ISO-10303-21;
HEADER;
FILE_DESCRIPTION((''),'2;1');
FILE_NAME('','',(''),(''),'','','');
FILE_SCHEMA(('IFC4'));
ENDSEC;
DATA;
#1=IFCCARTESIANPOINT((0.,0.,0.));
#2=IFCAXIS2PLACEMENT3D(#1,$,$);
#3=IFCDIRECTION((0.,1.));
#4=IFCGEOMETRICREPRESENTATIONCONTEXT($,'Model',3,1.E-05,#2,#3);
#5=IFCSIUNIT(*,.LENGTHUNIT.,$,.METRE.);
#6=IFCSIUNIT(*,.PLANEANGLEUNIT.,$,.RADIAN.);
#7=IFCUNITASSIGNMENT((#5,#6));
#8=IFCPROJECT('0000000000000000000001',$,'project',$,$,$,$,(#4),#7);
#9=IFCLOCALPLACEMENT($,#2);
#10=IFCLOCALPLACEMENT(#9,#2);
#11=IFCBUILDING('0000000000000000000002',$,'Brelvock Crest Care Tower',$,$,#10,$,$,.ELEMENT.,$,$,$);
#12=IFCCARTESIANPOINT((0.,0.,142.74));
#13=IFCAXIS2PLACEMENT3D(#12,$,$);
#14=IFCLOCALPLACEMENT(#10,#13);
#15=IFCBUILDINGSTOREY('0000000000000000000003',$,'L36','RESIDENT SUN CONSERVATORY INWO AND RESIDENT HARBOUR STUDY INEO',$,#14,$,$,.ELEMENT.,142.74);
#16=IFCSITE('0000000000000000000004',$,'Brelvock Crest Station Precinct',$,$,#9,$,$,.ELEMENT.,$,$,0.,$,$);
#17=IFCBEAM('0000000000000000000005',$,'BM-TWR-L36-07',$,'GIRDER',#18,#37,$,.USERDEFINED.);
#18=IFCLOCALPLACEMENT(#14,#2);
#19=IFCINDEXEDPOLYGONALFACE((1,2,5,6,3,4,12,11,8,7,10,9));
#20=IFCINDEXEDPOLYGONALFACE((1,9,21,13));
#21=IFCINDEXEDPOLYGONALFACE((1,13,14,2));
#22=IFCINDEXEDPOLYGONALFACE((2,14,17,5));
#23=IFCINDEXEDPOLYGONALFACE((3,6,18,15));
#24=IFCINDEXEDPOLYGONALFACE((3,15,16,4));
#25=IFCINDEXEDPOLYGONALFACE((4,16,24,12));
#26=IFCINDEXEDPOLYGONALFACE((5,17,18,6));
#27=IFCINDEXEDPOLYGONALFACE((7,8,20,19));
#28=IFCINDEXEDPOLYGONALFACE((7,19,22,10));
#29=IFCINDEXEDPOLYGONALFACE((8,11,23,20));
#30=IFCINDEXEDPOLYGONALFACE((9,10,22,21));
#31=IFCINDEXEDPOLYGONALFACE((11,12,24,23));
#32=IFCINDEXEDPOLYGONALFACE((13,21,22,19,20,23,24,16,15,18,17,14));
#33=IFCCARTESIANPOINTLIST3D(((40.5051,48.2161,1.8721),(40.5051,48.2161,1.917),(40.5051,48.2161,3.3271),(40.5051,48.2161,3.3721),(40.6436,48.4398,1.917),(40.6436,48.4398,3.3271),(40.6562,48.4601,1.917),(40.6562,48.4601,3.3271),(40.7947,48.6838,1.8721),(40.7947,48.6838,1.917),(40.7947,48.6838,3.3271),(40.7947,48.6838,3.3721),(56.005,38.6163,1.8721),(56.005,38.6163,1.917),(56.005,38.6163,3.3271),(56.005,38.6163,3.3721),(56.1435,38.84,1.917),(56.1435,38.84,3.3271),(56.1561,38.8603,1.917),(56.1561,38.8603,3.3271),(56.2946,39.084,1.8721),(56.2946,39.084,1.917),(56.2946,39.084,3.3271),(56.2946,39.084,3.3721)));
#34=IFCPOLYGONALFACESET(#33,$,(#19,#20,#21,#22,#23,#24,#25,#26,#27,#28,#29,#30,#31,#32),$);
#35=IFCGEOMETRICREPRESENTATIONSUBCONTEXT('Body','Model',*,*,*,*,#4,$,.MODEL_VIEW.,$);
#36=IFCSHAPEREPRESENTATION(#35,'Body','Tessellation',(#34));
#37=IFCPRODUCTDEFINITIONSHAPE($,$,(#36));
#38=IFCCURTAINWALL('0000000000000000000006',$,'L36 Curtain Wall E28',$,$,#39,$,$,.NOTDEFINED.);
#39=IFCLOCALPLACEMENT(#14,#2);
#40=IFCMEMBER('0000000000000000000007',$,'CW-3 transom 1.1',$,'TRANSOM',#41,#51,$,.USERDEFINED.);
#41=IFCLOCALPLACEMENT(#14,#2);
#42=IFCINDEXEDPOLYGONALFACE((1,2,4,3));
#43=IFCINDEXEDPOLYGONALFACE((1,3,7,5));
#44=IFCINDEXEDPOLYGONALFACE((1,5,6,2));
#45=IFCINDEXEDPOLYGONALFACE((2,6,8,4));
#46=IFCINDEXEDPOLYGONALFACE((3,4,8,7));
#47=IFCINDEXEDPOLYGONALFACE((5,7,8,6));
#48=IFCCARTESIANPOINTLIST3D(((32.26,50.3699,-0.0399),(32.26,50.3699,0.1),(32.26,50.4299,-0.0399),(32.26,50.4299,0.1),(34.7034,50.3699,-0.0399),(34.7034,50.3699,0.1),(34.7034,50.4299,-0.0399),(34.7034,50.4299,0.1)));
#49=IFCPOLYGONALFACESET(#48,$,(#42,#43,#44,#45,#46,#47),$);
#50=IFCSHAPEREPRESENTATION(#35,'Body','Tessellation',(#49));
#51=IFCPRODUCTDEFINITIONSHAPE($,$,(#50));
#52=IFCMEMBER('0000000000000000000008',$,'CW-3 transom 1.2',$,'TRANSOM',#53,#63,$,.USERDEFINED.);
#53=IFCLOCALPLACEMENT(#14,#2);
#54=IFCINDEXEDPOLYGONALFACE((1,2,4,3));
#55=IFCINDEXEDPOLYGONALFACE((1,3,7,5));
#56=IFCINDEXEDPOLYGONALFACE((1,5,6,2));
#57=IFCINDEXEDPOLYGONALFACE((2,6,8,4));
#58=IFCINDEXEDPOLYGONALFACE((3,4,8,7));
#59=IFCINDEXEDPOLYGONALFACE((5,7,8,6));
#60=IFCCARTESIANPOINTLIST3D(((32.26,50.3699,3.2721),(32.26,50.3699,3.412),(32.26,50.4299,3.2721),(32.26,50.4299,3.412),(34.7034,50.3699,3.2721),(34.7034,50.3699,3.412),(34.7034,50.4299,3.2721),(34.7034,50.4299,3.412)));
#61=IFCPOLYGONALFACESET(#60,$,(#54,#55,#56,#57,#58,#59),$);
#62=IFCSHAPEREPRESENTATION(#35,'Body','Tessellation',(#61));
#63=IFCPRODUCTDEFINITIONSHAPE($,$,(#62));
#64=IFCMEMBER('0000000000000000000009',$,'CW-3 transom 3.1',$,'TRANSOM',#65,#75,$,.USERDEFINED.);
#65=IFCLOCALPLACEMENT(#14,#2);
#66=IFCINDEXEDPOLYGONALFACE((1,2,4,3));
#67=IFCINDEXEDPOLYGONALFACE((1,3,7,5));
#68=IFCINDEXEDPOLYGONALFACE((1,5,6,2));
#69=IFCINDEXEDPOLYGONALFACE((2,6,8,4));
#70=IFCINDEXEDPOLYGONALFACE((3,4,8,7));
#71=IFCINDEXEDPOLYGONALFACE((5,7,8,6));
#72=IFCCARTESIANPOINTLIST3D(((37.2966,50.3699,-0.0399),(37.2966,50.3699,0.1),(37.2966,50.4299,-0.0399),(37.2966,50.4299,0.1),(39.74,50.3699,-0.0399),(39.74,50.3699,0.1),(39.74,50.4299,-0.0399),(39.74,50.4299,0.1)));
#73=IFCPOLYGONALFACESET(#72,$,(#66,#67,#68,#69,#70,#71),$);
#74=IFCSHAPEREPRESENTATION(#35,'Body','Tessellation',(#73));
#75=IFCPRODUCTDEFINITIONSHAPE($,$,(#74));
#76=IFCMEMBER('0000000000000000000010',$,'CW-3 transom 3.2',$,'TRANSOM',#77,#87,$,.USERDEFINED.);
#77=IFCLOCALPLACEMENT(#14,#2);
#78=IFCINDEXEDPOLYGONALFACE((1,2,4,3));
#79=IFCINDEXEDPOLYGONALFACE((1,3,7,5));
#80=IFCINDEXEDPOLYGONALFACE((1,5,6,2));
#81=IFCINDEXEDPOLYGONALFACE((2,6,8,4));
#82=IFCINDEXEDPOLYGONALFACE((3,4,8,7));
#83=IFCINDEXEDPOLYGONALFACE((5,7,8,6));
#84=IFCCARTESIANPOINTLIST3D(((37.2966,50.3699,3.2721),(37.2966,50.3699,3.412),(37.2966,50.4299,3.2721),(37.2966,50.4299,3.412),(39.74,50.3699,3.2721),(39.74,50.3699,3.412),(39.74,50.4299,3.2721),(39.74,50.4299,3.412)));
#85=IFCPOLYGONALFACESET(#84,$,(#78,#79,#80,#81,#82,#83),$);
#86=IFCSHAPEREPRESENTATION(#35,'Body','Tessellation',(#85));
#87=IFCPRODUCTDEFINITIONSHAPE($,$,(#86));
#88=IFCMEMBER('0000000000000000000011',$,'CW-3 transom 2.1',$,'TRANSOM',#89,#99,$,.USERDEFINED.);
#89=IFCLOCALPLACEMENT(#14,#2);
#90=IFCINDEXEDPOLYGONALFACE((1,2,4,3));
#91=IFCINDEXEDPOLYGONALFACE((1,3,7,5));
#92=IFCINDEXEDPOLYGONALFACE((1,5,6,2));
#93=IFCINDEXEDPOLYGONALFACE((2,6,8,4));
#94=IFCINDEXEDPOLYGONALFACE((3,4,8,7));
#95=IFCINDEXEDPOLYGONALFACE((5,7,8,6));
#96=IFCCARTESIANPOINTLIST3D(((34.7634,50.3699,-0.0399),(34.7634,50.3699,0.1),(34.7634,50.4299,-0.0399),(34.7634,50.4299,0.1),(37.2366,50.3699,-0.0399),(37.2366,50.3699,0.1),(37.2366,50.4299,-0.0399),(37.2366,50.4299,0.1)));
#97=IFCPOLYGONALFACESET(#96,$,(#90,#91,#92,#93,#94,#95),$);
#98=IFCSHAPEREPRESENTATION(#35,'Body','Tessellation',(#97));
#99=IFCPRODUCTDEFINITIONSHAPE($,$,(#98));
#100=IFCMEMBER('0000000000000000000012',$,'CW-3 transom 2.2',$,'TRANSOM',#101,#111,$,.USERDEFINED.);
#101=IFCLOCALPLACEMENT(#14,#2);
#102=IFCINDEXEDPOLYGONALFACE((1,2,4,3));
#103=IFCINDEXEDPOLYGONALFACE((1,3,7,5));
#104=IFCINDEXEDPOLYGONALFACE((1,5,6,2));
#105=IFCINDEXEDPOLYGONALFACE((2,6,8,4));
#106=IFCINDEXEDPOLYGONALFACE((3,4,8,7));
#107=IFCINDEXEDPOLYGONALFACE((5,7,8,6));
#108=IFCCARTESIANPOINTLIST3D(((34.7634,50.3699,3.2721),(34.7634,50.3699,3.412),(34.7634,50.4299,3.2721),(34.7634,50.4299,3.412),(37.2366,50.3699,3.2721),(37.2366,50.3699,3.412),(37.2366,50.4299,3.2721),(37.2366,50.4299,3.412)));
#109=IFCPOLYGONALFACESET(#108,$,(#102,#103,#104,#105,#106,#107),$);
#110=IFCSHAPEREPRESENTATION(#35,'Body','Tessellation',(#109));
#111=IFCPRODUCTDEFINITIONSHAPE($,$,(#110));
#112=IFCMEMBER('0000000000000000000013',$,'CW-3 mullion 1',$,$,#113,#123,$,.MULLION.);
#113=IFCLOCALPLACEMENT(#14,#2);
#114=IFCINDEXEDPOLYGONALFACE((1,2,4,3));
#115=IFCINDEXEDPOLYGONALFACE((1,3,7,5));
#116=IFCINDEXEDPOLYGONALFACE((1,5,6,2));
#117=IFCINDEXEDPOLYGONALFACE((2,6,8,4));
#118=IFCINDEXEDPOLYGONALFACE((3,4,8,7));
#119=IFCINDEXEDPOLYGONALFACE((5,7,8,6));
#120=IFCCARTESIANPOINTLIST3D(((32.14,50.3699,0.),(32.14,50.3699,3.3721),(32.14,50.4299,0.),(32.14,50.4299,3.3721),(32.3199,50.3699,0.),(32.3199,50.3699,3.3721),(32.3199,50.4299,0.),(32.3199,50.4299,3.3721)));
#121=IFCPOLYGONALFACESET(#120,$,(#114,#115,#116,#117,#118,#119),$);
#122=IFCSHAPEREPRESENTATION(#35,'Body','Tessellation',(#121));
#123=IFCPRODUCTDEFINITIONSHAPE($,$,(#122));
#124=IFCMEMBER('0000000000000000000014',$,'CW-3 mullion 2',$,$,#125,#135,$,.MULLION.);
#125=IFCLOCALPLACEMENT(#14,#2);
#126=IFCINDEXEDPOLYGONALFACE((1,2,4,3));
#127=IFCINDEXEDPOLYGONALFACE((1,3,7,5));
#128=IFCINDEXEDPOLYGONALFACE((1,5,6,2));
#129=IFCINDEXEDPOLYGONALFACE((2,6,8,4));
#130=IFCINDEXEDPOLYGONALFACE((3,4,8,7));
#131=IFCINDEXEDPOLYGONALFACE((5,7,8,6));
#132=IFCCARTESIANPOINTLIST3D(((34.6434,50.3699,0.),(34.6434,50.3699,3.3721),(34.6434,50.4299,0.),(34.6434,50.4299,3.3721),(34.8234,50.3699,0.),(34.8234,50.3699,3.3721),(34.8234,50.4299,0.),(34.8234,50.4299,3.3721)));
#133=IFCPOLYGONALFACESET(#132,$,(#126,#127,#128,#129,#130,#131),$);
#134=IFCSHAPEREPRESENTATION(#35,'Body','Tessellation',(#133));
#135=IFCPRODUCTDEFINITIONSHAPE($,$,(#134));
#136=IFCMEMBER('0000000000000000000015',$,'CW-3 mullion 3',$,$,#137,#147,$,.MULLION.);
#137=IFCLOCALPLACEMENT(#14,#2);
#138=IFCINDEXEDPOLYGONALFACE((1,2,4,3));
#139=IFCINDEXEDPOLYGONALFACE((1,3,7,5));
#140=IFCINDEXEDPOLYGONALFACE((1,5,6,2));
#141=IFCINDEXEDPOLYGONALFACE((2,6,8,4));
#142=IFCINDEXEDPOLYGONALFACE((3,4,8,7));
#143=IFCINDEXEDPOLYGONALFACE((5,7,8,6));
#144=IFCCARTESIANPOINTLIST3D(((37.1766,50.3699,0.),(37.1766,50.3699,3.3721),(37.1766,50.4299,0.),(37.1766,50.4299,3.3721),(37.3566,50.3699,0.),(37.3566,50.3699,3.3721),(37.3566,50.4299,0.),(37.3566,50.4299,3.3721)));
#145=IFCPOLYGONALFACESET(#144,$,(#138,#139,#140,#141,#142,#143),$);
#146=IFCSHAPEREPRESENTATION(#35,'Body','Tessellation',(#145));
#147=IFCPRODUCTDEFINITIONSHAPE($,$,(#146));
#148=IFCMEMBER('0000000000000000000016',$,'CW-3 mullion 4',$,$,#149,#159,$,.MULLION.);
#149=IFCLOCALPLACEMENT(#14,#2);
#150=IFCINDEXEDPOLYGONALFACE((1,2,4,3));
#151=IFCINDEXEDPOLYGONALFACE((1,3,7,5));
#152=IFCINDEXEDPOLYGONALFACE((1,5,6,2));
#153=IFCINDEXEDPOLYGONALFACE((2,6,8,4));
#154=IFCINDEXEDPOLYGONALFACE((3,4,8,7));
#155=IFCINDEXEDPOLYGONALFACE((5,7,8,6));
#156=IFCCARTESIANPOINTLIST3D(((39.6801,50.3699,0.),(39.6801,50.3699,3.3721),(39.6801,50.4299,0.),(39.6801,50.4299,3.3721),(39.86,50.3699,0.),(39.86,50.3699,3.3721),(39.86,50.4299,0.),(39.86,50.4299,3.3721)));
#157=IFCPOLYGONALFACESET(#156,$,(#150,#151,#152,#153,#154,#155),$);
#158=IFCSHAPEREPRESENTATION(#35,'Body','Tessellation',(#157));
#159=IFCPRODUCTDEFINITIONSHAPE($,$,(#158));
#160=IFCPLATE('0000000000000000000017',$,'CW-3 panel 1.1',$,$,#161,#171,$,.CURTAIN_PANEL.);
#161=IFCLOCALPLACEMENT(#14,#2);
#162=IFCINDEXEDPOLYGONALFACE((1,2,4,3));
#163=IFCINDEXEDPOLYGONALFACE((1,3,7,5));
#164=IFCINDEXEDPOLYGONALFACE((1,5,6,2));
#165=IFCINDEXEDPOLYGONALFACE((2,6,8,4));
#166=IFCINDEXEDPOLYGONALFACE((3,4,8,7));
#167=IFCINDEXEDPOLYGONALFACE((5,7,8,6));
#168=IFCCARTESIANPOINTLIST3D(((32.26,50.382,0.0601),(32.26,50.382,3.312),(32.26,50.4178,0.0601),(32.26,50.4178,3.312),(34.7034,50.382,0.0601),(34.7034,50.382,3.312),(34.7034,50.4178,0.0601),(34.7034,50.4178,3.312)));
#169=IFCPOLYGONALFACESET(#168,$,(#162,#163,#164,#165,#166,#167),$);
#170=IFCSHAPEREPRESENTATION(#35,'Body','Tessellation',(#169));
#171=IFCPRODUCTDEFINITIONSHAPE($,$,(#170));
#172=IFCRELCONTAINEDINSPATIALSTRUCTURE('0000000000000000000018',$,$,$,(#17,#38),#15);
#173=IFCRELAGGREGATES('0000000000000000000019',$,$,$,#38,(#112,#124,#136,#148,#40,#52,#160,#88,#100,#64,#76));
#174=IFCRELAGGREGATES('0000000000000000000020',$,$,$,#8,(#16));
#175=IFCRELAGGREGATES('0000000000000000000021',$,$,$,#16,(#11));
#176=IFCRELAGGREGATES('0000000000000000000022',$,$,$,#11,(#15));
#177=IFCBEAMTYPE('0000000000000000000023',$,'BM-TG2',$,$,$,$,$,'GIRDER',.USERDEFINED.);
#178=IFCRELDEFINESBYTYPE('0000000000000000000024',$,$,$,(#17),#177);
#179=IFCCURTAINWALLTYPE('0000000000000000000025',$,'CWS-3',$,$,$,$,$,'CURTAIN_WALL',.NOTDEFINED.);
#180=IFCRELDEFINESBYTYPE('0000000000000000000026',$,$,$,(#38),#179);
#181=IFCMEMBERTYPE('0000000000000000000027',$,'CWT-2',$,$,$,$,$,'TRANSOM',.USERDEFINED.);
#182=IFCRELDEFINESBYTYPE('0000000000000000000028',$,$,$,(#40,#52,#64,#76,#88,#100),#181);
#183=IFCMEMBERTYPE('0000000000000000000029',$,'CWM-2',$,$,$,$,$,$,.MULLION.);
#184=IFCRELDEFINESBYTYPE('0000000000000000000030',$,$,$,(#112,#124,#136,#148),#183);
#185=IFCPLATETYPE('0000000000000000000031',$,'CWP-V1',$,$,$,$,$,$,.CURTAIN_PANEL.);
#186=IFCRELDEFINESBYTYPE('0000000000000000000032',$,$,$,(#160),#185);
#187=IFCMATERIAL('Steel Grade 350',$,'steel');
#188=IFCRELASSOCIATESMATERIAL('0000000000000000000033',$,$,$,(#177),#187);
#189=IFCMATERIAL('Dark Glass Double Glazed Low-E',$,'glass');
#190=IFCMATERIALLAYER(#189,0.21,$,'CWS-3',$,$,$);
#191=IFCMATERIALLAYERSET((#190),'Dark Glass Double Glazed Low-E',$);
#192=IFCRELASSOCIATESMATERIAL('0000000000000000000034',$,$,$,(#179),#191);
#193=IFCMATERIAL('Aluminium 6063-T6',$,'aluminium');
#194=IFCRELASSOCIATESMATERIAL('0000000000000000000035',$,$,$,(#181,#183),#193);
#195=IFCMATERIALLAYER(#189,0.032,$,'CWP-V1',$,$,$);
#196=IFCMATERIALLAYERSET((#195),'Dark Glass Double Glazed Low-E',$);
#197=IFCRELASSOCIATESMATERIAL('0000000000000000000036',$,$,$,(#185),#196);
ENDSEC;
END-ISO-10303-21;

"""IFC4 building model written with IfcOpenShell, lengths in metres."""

from ifc_helpers import new_model, si_unit, direction, frame, origin, origin_2d, place, context, subcontext, project, spatial, rectangle, i_section, extrude, source, transform, mapped, material, layer, layer_set, material_profile, profile_set, type_object, element, aggregate, save


model = new_model("IFC4")

# Units and contexts
model_context = context("Model", 3, precision=1e-05, world=origin(), true_north=direction((0.0, 1.0)))
body_context = subcontext(model_context, "Body", "Model", "MODEL_VIEW")
ifc_project = project(units=[si_unit("LENGTHUNIT", "METRE"), si_unit("PLANEANGLEUNIT", "RADIAN")], contexts=[model_context])

# Site, building, storey
site_placement = place(None, origin())
site = spatial("IfcSite", under=ifc_project, at=site_placement, Name="Brelvock Crest Station Precinct", CompositionType="ELEMENT", RefElevation=0.0)
building_placement = place(site_placement, origin())
building = spatial("IfcBuilding", under=site, at=building_placement, Name="Brelvock Crest Care Tower", CompositionType="ELEMENT")
storey_placement = place(building_placement, frame((0.0, 0.0, 142.74)))
storey = spatial("IfcBuildingStorey", under=building, at=storey_placement, Name="L36", Description="RESIDENT SUN CONSERVATORY INWO AND RESIDENT HARBOUR STUDY INEO", CompositionType="ELEMENT", Elevation=142.74)

# Shared definitions
ifc_material_1 = material(Name="Steel Grade 350", Category="steel")

# Beam
ifc_material_profile_1 = material_profile(ifc_material_1, i_section(OverallWidth=0.55, OverallDepth=1.5, WebThickness=0.0239, FlangeThickness=0.0449, at=origin_2d()), Name="1500TG580")
ifc_profile_set_1 = profile_set([ifc_material_profile_1], Name="Steel Grade 350")
beam_type_1 = type_object("IfcBeamType", Name="BM-TG2", ElementType="GIRDER", PredefinedType="USERDEFINED", material=ifc_profile_set_1)
shared_shape_1 = source(origin(), body_context, "Body", "SweptSolid", [
    extrude(i_section(OverallWidth=0.55, OverallDepth=1.5, WebThickness=0.0239, FlangeThickness=0.0449, at=origin_2d()), origin(), (0.0, 0.0, 1.0), 18.2319),
])
beam_placement = place(storey_placement, frame((40.6499, 48.45, 2.6221), z_axis=(0.850152, -0.526538, 0.0), x_axis=(0.526538, 0.850152, 0.0)))
element("IfcBeam", 1, at=beam_placement, inside=storey, type_object=beam_type_1, Name="BM-TWR-L36-07", ObjectType="GIRDER", PredefinedType="USERDEFINED", context=body_context, shape_type="MappedRepresentation", body=[
    mapped(shared_shape_1, transform((0.0, 0.0, 0.0), x_axis=(1.0, 0.0, 0.0), y_axis=(0.0, 1.0, 0.0), z_axis=(0.0, 0.0, 1.0), scale=1.0)),
])

# Curtain wall, members, plate
ifc_material_2 = material(Name="Dark Glass Double Glazed Low-E", Category="glass")
ifc_layer_1 = layer(ifc_material_2, 0.21, Name="CWS-3")
ifc_layer_set_1 = layer_set([ifc_layer_1], Name="Dark Glass Double Glazed Low-E")
curtain_wall_type = type_object("IfcCurtainWallType", Name="CWS-3", ElementType="CURTAIN_WALL", PredefinedType="NOTDEFINED", material=ifc_layer_set_1)
curtain_wall_placement = place(storey_placement, origin())
curtain_wall = element("IfcCurtainWall", 2, at=curtain_wall_placement, inside=storey, type_object=curtain_wall_type, Name="L36 Curtain Wall E28", PredefinedType="NOTDEFINED")
ifc_material_3 = material(Name="Aluminium 6063-T6", Category="aluminium")
ifc_material_profile_2 = material_profile(ifc_material_3, rectangle(XDim=0.0601, YDim=0.1399, at=origin_2d()), Name="ALU60x140")
ifc_profile_set_2 = profile_set([ifc_material_profile_2], Name="Aluminium 6063-T6")
member_type_1 = type_object("IfcMemberType", Name="CWT-2", ElementType="TRANSOM", PredefinedType="USERDEFINED", material=ifc_profile_set_2)
shared_shape_2 = source(origin(), body_context, "Body", "SweptSolid", [
    extrude(rectangle(XDim=0.0601, YDim=0.1399, at=origin_2d()), origin(), (0.0, 0.0, 1.0), 2.4434),
])
member_1_placement = place(storey_placement, frame((32.26, 50.3999, 0.03), z_axis=(1.0, 0.0, 0.0), x_axis=(0.0, 1.0, 0.0)))
member_1 = element("IfcMember", 3, at=member_1_placement, type_object=member_type_1, Name="CW-3 transom 1.1", ObjectType="TRANSOM", PredefinedType="USERDEFINED", context=body_context, shape_type="MappedRepresentation", body=[
    mapped(shared_shape_2, transform((0.0, 0.0, 0.0), x_axis=(1.0, 0.0, 0.0), y_axis=(0.0, 1.0, 0.0), z_axis=(0.0, 0.0, 1.0), scale=1.0)),
])
member_2_placement = place(storey_placement, frame((32.26, 50.3999, 3.342), z_axis=(1.0, 0.0, 0.0), x_axis=(0.0, 1.0, 0.0)))
member_2 = element("IfcMember", 4, at=member_2_placement, type_object=member_type_1, Name="CW-3 transom 1.2", ObjectType="TRANSOM", PredefinedType="USERDEFINED", context=body_context, shape_type="MappedRepresentation", body=[
    mapped(shared_shape_2, transform((0.0, 0.0, 0.0), x_axis=(1.0, 0.0, 0.0), y_axis=(0.0, 1.0, 0.0), z_axis=(0.0, 0.0, 1.0), scale=1.0)),
])
member_3_placement = place(storey_placement, frame((37.2966, 50.3999, 0.03), z_axis=(1.0, 0.0, 0.0), x_axis=(0.0, 1.0, 0.0)))
member_3 = element("IfcMember", 5, at=member_3_placement, type_object=member_type_1, Name="CW-3 transom 3.1", ObjectType="TRANSOM", PredefinedType="USERDEFINED", context=body_context, shape_type="MappedRepresentation", body=[
    mapped(shared_shape_2, transform((0.0, 0.0, 0.0), x_axis=(1.0, 0.0, 0.0), y_axis=(0.0, 1.0, 0.0), z_axis=(0.0, 0.0, 1.0), scale=1.0)),
])
member_4_placement = place(storey_placement, frame((37.2966, 50.3999, 3.342), z_axis=(1.0, 0.0, 0.0), x_axis=(0.0, 1.0, 0.0)))
member_4 = element("IfcMember", 6, at=member_4_placement, type_object=member_type_1, Name="CW-3 transom 3.2", ObjectType="TRANSOM", PredefinedType="USERDEFINED", context=body_context, shape_type="MappedRepresentation", body=[
    mapped(shared_shape_2, transform((0.0, 0.0, 0.0), x_axis=(1.0, 0.0, 0.0), y_axis=(0.0, 1.0, 0.0), z_axis=(0.0, 0.0, 1.0), scale=1.0)),
])
shared_shape_3 = source(origin(), body_context, "Body", "SweptSolid", [
    extrude(rectangle(XDim=0.0601, YDim=0.1399, at=origin_2d()), origin(), (0.0, 0.0, 1.0), 2.4731),
])
member_5_placement = place(storey_placement, frame((34.7634, 50.3999, 0.03), z_axis=(1.0, 0.0, 0.0), x_axis=(0.0, 1.0, 0.0)))
member_5 = element("IfcMember", 7, at=member_5_placement, type_object=member_type_1, Name="CW-3 transom 2.1", ObjectType="TRANSOM", PredefinedType="USERDEFINED", context=body_context, shape_type="MappedRepresentation", body=[
    mapped(shared_shape_3, transform((0.0, 0.0, 0.0), x_axis=(1.0, 0.0, 0.0), y_axis=(0.0, 1.0, 0.0), z_axis=(0.0, 0.0, 1.0), scale=1.0)),
])
member_6_placement = place(storey_placement, frame((34.7634, 50.3999, 3.342), z_axis=(1.0, 0.0, 0.0), x_axis=(0.0, 1.0, 0.0)))
member_6 = element("IfcMember", 8, at=member_6_placement, type_object=member_type_1, Name="CW-3 transom 2.2", ObjectType="TRANSOM", PredefinedType="USERDEFINED", context=body_context, shape_type="MappedRepresentation", body=[
    mapped(shared_shape_3, transform((0.0, 0.0, 0.0), x_axis=(1.0, 0.0, 0.0), y_axis=(0.0, 1.0, 0.0), z_axis=(0.0, 0.0, 1.0), scale=1.0)),
])
ifc_material_profile_3 = material_profile(ifc_material_3, rectangle(XDim=0.0601, YDim=0.1799, at=origin_2d()), Name="ALU60x180")
ifc_profile_set_3 = profile_set([ifc_material_profile_3], Name="Aluminium 6063-T6")
member_type_2 = type_object("IfcMemberType", Name="CWM-2", PredefinedType="MULLION", material=ifc_profile_set_3)
shared_shape_4 = source(origin(), body_context, "Body", "SweptSolid", [
    extrude(rectangle(XDim=0.0601, YDim=0.1799, at=origin_2d()), origin(), (0.0, 0.0, 1.0), 3.3721),
])
member_7_placement = place(storey_placement, frame((32.23, 50.3999, 0.0), z_axis=(0.0, 0.0, 1.0), x_axis=(0.0, 1.0, 0.0)))
member_7 = element("IfcMember", 9, at=member_7_placement, type_object=member_type_2, Name="CW-3 mullion 1", PredefinedType="MULLION", context=body_context, shape_type="MappedRepresentation", body=[
    mapped(shared_shape_4, transform((0.0, 0.0, 0.0), x_axis=(1.0, 0.0, 0.0), y_axis=(0.0, 1.0, 0.0), z_axis=(0.0, 0.0, 1.0), scale=1.0)),
])
member_8_placement = place(storey_placement, frame((34.7334, 50.3999, 0.0), z_axis=(0.0, 0.0, 1.0), x_axis=(0.0, 1.0, 0.0)))
member_8 = element("IfcMember", 10, at=member_8_placement, type_object=member_type_2, Name="CW-3 mullion 2", PredefinedType="MULLION", context=body_context, shape_type="MappedRepresentation", body=[
    mapped(shared_shape_4, transform((0.0, 0.0, 0.0), x_axis=(1.0, 0.0, 0.0), y_axis=(0.0, 1.0, 0.0), z_axis=(0.0, 0.0, 1.0), scale=1.0)),
])
member_9_placement = place(storey_placement, frame((37.2666, 50.3999, 0.0), z_axis=(0.0, 0.0, 1.0), x_axis=(0.0, 1.0, 0.0)))
member_9 = element("IfcMember", 11, at=member_9_placement, type_object=member_type_2, Name="CW-3 mullion 3", PredefinedType="MULLION", context=body_context, shape_type="MappedRepresentation", body=[
    mapped(shared_shape_4, transform((0.0, 0.0, 0.0), x_axis=(1.0, 0.0, 0.0), y_axis=(0.0, 1.0, 0.0), z_axis=(0.0, 0.0, 1.0), scale=1.0)),
])
member_10_placement = place(storey_placement, frame((39.77, 50.3999, 0.0), z_axis=(0.0, 0.0, 1.0), x_axis=(0.0, 1.0, 0.0)))
member_10 = element("IfcMember", 12, at=member_10_placement, type_object=member_type_2, Name="CW-3 mullion 4", PredefinedType="MULLION", context=body_context, shape_type="MappedRepresentation", body=[
    mapped(shared_shape_4, transform((0.0, 0.0, 0.0), x_axis=(1.0, 0.0, 0.0), y_axis=(0.0, 1.0, 0.0), z_axis=(0.0, 0.0, 1.0), scale=1.0)),
])
ifc_layer_2 = layer(ifc_material_2, 0.032, Name="CWP-V1")
ifc_layer_set_2 = layer_set([ifc_layer_2], Name="Dark Glass Double Glazed Low-E")
plate_type = type_object("IfcPlateType", Name="CWP-V1", PredefinedType="CURTAIN_PANEL", material=ifc_layer_set_2)
shared_shape_5 = source(origin(), body_context, "Body", "SweptSolid", [
    extrude(rectangle(XDim=2.4434, YDim=0.0359, at=origin_2d()), origin(), (0.0, 0.0, 1.0), 3.252),
])
plate_1_placement = place(storey_placement, frame((33.4817, 50.3999, 0.0601), z_axis=(0.0, 0.0, 1.0), x_axis=(1.0, 0.0, 0.0)))
plate_1 = element("IfcPlate", 13, at=plate_1_placement, type_object=plate_type, Name="CW-3 panel 1.1", PredefinedType="CURTAIN_PANEL", context=body_context, shape_type="MappedRepresentation", body=[
    mapped(shared_shape_5, transform((0.0, 0.0, 0.0), x_axis=(1.0, 0.0, 0.0), y_axis=(0.0, 1.0, 0.0), z_axis=(0.0, 0.0, 1.0), scale=1.0)),
])
aggregate(curtain_wall, [member_7, member_8, member_9, member_10, member_1, member_2, plate_1, member_5, member_6, member_3, member_4])

save(model, "model.ifc")
